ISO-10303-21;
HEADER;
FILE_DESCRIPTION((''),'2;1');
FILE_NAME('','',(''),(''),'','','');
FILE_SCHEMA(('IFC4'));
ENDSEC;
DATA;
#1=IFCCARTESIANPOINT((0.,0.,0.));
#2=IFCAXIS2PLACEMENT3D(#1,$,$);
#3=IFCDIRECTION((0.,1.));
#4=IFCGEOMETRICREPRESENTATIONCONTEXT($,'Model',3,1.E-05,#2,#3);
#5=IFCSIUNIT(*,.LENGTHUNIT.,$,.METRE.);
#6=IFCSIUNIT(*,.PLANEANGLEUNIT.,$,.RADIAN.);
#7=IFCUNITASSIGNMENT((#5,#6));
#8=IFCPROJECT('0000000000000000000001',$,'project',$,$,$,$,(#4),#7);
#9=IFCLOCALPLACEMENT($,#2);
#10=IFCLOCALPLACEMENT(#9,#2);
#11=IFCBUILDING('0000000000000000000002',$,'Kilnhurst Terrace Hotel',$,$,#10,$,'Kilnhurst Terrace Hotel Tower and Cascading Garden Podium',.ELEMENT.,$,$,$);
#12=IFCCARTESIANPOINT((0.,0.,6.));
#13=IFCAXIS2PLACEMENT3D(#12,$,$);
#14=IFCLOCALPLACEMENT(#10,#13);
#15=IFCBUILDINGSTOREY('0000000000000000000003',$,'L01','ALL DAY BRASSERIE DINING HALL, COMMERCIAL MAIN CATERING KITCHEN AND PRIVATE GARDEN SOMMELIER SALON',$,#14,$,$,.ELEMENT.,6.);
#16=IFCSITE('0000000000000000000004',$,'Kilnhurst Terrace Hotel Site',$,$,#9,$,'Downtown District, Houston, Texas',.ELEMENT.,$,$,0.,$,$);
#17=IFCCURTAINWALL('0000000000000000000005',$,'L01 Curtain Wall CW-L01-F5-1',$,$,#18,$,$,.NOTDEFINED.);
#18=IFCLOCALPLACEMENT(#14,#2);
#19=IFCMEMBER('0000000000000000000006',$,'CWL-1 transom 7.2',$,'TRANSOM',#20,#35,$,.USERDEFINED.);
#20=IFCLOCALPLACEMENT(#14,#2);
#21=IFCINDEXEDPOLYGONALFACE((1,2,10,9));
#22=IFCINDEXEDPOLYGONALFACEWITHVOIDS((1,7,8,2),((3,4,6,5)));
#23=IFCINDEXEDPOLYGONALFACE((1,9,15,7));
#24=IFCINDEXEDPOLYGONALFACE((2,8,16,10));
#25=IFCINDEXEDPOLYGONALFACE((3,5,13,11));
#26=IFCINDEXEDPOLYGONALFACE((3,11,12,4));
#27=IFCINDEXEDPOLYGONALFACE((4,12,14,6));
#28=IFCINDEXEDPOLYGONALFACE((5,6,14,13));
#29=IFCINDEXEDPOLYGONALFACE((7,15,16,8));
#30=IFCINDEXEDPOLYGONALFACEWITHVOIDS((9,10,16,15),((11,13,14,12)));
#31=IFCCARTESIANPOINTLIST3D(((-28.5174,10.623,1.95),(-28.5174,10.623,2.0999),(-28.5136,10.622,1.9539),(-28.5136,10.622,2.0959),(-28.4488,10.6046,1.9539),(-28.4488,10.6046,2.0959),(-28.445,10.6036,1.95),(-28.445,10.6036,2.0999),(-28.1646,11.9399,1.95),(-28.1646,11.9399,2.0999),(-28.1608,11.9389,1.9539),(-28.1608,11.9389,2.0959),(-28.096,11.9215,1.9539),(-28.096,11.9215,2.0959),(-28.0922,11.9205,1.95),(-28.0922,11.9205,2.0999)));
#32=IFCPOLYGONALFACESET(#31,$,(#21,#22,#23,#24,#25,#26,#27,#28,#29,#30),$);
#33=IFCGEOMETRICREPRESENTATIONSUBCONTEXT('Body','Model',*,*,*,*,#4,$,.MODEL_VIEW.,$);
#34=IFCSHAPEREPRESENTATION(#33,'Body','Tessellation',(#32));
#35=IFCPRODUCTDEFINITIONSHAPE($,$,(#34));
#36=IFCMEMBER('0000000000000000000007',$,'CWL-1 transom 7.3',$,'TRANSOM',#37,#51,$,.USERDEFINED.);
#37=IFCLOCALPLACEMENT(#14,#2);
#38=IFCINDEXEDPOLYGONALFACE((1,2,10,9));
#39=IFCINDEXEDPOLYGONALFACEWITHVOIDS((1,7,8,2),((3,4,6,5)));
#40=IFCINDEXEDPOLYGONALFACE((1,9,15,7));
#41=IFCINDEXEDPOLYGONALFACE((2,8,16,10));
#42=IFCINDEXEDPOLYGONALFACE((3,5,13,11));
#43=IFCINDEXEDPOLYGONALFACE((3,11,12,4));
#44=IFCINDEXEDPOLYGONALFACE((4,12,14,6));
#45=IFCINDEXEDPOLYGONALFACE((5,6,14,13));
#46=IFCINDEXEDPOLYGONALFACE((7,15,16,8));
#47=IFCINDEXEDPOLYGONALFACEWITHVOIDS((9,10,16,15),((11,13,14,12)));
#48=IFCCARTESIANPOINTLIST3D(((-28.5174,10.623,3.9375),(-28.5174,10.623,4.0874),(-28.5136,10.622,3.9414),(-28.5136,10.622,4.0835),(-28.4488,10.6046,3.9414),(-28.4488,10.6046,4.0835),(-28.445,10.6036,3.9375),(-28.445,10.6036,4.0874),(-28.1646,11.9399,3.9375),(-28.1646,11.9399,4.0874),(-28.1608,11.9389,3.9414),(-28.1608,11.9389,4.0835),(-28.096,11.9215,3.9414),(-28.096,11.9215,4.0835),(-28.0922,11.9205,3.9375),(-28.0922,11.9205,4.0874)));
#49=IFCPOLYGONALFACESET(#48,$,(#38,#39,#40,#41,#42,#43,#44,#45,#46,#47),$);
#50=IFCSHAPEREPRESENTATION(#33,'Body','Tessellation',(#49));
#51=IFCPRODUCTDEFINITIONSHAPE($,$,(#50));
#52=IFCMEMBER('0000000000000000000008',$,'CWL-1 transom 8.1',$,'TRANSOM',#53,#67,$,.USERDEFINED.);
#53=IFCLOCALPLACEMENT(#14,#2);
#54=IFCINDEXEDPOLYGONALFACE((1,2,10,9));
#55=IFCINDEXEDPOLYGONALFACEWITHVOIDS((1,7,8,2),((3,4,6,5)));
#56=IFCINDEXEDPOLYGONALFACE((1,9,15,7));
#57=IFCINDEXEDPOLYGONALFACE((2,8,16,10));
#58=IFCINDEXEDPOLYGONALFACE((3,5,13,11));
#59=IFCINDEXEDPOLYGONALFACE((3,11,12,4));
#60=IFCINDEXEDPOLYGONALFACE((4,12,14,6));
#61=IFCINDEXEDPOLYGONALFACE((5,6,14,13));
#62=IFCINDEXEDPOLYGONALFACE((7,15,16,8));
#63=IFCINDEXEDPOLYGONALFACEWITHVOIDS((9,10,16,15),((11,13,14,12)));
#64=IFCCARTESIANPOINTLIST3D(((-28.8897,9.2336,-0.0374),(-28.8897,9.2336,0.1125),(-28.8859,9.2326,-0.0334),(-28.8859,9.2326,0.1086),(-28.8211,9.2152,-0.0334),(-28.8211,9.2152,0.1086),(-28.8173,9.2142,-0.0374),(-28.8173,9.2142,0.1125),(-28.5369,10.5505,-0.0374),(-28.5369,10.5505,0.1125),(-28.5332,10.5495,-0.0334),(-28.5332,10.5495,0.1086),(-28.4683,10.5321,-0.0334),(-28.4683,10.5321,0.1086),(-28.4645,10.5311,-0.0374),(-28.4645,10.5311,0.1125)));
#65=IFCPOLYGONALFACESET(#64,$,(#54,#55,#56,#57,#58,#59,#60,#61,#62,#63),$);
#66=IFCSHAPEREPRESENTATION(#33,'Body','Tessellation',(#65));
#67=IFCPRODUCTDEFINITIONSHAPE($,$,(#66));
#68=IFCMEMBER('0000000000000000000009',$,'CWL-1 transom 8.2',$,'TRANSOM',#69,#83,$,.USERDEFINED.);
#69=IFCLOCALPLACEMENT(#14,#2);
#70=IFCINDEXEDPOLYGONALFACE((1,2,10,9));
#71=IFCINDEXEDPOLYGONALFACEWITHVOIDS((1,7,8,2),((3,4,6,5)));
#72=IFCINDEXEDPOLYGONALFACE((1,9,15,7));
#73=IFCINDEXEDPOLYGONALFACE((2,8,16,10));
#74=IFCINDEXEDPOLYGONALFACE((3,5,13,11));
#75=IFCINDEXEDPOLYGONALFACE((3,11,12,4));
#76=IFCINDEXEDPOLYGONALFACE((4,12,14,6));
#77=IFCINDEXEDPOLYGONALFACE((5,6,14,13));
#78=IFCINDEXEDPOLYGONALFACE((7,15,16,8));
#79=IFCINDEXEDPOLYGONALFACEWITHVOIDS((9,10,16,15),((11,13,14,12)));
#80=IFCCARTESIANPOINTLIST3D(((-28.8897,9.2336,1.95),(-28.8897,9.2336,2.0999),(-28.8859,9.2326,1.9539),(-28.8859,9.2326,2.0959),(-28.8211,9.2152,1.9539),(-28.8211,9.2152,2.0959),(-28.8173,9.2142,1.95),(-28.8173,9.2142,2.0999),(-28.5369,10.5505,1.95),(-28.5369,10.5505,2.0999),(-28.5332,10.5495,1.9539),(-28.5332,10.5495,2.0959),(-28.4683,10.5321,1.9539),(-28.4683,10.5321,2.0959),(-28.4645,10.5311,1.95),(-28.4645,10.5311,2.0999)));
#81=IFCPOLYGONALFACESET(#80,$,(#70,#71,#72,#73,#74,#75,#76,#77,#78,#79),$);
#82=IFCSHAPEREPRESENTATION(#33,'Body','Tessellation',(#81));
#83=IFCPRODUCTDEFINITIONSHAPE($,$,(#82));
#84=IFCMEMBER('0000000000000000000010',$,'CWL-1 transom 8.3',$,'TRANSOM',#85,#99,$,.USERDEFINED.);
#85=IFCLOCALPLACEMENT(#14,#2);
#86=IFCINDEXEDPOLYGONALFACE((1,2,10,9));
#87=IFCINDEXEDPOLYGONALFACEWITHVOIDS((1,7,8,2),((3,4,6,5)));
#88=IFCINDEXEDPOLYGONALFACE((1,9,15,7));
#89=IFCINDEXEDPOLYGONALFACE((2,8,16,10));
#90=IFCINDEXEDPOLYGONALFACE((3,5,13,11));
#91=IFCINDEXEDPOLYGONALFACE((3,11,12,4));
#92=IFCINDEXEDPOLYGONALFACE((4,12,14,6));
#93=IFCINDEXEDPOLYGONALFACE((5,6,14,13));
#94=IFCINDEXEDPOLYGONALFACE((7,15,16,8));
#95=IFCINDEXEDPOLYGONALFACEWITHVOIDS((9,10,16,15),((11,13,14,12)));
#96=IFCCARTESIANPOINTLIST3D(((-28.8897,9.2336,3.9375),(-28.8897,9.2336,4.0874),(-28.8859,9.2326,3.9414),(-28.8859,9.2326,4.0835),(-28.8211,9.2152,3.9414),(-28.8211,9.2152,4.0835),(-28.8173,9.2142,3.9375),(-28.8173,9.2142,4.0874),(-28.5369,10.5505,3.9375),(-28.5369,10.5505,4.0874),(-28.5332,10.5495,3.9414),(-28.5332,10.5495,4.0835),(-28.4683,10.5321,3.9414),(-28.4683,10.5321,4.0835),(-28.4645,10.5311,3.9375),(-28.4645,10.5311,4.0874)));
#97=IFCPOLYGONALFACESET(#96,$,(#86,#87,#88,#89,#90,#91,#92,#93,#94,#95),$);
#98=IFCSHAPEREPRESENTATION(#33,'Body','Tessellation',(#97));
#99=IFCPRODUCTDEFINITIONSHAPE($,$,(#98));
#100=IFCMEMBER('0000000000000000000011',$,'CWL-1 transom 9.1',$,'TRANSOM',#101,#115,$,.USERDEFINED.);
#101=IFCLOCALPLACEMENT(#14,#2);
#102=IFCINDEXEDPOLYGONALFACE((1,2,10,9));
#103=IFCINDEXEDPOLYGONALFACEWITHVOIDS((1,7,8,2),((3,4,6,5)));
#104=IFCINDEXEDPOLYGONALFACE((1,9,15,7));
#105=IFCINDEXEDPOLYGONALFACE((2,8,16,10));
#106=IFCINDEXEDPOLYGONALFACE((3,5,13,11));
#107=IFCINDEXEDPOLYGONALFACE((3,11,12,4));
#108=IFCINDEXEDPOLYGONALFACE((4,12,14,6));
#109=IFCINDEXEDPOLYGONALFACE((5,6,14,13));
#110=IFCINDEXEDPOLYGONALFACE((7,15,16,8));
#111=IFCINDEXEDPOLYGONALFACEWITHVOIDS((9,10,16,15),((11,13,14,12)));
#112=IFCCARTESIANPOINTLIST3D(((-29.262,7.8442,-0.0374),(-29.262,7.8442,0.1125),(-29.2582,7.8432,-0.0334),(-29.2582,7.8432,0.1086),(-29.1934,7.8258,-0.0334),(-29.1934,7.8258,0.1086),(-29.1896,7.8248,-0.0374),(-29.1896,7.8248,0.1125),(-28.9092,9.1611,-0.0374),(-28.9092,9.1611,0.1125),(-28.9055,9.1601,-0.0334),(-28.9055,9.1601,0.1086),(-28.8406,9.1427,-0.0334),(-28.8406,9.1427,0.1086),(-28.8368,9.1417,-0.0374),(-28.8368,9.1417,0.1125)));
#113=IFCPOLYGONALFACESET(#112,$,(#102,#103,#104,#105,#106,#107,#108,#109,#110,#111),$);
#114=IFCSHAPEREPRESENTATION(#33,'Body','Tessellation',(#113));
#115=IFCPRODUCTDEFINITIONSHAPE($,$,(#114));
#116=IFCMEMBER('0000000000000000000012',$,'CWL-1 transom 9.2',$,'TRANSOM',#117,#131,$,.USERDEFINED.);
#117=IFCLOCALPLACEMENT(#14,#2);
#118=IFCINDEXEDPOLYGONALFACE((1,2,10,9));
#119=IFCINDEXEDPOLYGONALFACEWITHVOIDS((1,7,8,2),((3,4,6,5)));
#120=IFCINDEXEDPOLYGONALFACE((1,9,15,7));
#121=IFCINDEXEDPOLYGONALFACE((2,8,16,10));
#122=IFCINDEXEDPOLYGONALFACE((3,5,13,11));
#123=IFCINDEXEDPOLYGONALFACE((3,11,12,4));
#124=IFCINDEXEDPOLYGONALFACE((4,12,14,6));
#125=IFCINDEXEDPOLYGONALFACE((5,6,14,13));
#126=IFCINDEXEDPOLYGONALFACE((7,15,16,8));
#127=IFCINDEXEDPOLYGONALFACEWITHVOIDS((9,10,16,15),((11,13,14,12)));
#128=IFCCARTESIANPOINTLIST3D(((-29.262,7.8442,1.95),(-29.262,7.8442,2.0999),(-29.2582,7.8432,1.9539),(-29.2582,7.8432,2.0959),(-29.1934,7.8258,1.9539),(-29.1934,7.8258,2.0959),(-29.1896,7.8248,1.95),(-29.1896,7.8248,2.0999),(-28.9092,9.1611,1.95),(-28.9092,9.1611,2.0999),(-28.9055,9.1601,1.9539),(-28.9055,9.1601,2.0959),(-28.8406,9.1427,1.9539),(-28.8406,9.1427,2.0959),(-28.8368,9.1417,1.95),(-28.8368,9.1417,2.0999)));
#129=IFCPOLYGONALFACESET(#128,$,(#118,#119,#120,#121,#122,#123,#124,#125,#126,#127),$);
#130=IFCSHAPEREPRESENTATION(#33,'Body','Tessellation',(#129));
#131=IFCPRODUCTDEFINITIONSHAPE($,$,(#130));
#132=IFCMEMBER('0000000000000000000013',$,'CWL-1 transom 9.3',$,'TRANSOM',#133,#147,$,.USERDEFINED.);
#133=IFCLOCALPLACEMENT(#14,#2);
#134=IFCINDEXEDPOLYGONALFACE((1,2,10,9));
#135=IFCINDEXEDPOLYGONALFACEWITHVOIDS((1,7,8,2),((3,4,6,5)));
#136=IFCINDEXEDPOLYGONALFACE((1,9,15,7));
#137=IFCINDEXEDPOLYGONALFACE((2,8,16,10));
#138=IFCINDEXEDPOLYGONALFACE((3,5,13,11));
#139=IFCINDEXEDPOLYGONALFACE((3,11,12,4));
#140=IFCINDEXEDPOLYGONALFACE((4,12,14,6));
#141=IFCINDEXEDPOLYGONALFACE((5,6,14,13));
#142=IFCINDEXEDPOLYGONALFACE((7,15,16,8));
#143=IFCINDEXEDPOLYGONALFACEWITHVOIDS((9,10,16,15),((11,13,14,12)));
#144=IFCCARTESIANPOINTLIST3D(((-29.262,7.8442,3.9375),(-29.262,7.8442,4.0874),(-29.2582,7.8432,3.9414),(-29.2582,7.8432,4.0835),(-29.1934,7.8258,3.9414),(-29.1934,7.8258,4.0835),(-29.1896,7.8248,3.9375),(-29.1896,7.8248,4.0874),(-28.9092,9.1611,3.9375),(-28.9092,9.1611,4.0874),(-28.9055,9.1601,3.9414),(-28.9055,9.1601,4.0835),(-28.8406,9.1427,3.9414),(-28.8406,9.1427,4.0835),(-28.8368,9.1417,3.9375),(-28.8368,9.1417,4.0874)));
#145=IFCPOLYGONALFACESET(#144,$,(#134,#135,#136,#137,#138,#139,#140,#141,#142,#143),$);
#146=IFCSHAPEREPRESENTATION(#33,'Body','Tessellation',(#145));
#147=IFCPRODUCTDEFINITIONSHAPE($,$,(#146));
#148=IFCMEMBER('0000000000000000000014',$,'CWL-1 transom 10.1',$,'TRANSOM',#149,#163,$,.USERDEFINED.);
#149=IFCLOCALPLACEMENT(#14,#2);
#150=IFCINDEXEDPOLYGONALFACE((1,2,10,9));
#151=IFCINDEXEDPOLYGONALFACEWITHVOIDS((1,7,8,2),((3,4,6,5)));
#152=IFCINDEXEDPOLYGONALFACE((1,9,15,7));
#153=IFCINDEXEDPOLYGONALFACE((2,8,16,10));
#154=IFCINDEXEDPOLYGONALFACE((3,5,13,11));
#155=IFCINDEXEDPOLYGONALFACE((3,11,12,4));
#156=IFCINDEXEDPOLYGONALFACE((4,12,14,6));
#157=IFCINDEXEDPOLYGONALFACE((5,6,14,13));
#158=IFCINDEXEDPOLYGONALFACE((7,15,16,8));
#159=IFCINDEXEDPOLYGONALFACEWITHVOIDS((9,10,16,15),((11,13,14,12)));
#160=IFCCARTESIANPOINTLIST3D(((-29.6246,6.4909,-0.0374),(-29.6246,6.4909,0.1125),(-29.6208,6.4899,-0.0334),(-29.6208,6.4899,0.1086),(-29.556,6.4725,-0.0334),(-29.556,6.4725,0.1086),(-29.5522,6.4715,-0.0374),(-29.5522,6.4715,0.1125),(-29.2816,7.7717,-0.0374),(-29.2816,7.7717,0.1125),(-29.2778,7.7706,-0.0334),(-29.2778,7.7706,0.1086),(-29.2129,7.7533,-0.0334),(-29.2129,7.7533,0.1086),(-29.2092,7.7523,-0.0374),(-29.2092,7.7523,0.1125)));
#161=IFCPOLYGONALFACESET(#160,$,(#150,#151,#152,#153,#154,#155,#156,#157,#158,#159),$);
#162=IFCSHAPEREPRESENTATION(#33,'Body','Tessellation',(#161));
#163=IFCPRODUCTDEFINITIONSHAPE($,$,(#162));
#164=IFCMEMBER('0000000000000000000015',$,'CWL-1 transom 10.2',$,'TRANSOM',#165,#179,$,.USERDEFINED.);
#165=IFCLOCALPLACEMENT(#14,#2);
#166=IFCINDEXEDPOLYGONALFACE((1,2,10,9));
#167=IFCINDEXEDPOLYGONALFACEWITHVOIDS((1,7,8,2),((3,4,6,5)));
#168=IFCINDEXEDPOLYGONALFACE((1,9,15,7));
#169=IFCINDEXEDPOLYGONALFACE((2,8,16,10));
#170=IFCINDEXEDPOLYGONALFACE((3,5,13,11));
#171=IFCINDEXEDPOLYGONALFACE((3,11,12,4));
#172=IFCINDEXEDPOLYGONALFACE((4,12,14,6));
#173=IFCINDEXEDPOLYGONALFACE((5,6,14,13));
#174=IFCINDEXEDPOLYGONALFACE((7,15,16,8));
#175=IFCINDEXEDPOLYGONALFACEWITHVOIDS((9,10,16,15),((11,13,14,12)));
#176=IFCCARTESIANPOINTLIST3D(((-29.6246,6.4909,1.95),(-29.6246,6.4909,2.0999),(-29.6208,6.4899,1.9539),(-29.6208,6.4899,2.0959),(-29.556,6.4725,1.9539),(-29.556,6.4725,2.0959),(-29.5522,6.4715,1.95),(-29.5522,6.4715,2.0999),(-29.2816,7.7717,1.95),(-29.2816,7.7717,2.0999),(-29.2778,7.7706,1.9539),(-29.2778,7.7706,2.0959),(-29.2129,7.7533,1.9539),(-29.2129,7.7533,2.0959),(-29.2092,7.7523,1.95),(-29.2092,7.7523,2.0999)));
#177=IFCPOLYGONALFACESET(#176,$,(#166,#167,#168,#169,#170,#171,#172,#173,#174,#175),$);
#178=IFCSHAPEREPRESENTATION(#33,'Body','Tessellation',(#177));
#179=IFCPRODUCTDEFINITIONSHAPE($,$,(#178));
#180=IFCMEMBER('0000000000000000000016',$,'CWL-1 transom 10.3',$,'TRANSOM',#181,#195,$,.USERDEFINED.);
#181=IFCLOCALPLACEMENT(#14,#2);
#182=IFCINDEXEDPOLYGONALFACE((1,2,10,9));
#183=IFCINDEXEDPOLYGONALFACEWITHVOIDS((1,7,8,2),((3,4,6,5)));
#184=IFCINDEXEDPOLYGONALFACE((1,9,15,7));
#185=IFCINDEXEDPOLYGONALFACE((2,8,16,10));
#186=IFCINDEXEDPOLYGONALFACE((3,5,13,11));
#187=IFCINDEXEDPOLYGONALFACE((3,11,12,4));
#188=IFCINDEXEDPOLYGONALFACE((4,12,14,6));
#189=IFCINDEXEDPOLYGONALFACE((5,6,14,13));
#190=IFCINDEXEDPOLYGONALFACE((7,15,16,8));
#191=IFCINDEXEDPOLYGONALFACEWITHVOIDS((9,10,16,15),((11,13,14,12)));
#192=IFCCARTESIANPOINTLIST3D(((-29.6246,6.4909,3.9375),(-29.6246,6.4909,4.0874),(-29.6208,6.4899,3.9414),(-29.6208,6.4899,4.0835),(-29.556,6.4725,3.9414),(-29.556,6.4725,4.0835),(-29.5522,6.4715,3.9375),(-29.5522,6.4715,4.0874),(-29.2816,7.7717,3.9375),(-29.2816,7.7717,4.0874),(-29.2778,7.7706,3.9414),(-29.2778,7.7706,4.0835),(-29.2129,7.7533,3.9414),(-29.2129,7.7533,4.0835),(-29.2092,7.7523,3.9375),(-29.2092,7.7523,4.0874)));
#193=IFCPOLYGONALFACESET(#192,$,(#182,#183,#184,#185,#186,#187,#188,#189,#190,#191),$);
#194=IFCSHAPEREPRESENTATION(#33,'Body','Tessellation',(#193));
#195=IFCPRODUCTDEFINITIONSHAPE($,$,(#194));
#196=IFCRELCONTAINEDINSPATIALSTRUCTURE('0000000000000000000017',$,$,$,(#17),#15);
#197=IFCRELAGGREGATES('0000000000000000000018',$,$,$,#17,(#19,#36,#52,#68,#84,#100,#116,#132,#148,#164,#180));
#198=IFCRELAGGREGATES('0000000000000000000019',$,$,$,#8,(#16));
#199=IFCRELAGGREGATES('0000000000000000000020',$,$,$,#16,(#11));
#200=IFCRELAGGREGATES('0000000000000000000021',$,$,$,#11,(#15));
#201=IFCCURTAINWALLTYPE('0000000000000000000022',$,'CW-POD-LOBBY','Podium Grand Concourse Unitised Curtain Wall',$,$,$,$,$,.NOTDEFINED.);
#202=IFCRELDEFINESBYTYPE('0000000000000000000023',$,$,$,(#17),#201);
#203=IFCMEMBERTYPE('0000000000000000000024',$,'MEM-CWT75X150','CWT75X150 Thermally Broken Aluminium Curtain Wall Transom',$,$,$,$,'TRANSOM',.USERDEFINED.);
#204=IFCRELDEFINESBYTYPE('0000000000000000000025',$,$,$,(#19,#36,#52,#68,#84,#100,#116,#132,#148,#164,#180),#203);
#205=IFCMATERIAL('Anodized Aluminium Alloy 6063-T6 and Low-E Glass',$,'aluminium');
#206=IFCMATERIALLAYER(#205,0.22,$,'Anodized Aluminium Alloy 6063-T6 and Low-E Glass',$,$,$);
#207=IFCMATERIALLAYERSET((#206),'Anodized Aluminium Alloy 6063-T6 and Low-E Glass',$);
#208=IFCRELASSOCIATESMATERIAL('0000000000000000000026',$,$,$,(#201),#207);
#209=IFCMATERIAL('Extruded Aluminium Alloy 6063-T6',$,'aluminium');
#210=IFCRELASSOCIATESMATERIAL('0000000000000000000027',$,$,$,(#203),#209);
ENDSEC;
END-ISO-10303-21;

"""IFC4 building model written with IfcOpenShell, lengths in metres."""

from ifc_helpers import new_model, si_unit, direction, frame, origin, origin_2d, place, context, subcontext, project, spatial, hollow_rectangle, extrude, material, layer, layer_set, material_profile, profile_set, type_object, element, aggregate, save


model = new_model("IFC4")

# Units and contexts
model_context = context("Model", 3, precision=1e-05, world=origin(), true_north=direction((0.0, 1.0)))
body_context = subcontext(model_context, "Body", "Model", "MODEL_VIEW")
ifc_project = project(units=[si_unit("LENGTHUNIT", "METRE"), si_unit("PLANEANGLEUNIT", "RADIAN")], contexts=[model_context])

# Site, building, storey
site_placement = place(None, origin())
site = spatial("IfcSite", under=ifc_project, at=site_placement, Name="Kilnhurst Terrace Hotel Site", LongName="Downtown District, Houston, Texas", CompositionType="ELEMENT", RefElevation=0.0)
building_placement = place(site_placement, origin())
building = spatial("IfcBuilding", under=site, at=building_placement, Name="Kilnhurst Terrace Hotel", LongName="Kilnhurst Terrace Hotel Tower and Cascading Garden Podium", CompositionType="ELEMENT")
storey_placement = place(building_placement, frame((0.0, 0.0, 6.0)))
storey = spatial("IfcBuildingStorey", under=building, at=storey_placement, Name="L01", Description="ALL DAY BRASSERIE DINING HALL, COMMERCIAL MAIN CATERING KITCHEN AND PRIVATE GARDEN SOMMELIER SALON", CompositionType="ELEMENT", Elevation=6.0)

# Curtain wall, members
ifc_material_1 = material(Name="Anodized Aluminium Alloy 6063-T6 and Low-E Glass", Category="aluminium")
ifc_layer_1 = layer(ifc_material_1, 0.22, Name="Anodized Aluminium Alloy 6063-T6 and Low-E Glass")
ifc_layer_set_1 = layer_set([ifc_layer_1], Name="Anodized Aluminium Alloy 6063-T6 and Low-E Glass")
curtain_wall_type = type_object("IfcCurtainWallType", Name="CW-POD-LOBBY", Description="Podium Grand Concourse Unitised Curtain Wall", PredefinedType="NOTDEFINED", material=ifc_layer_set_1)
curtain_wall_placement = place(storey_placement, origin())
curtain_wall = element("IfcCurtainWall", 1, at=curtain_wall_placement, inside=storey, type_object=curtain_wall_type, Name="L01 Curtain Wall CW-L01-F5-1", PredefinedType="NOTDEFINED")
ifc_material_2 = material(Name="Extruded Aluminium Alloy 6063-T6", Category="aluminium")
ifc_material_profile_1 = material_profile(ifc_material_2, hollow_rectangle(XDim=0.075, YDim=0.1499, WallThickness=0.0039, at=origin_2d()), Name="CWT75X150")
ifc_profile_set_1 = profile_set([ifc_material_profile_1], Name="Extruded Aluminium Alloy 6063-T6")
member_type_1 = type_object("IfcMemberType", Name="MEM-CWT75X150", Description="CWT75X150 Thermally Broken Aluminium Curtain Wall Transom", ElementType="TRANSOM", PredefinedType="USERDEFINED", material=ifc_profile_set_1)
member_1_placement = place(storey_placement, frame((-28.1284, 11.9302, 2.0249), z_axis=(-0.258766, -0.96594, 0.0), x_axis=(0.96594, -0.258766, 0.0)))
member_1 = element("IfcMember", 2, at=member_1_placement, type_object=member_type_1, Name="CWL-1 transom 7.2", ObjectType="TRANSOM", PredefinedType="USERDEFINED", context=body_context, shape_type="SweptSolid", body=[
    extrude(hollow_rectangle(XDim=0.075, YDim=0.1499, WallThickness=0.0039, at=origin_2d()), origin(), (0.0, 0.0, 1.0), 1.3633),
])
member_2_placement = place(storey_placement, frame((-28.1284, 11.9302, 4.0125), z_axis=(-0.258766, -0.96594, 0.0), x_axis=(0.96594, -0.258766, 0.0)))
member_2 = element("IfcMember", 3, at=member_2_placement, type_object=member_type_1, Name="CWL-1 transom 7.3", ObjectType="TRANSOM", PredefinedType="USERDEFINED", context=body_context, shape_type="SweptSolid", body=[
    extrude(hollow_rectangle(XDim=0.075, YDim=0.1499, WallThickness=0.0039, at=origin_2d()), origin(), (0.0, 0.0, 1.0), 1.3633),
])
member_3_placement = place(storey_placement, frame((-28.5007, 10.5408, 0.0376), z_axis=(-0.258766, -0.96594, 0.0), x_axis=(0.96594, -0.258766, 0.0)))
member_3 = element("IfcMember", 4, at=member_3_placement, type_object=member_type_1, Name="CWL-1 transom 8.1", ObjectType="TRANSOM", PredefinedType="USERDEFINED", context=body_context, shape_type="SweptSolid", body=[
    extrude(hollow_rectangle(XDim=0.075, YDim=0.1499, WallThickness=0.0039, at=origin_2d()), origin(), (0.0, 0.0, 1.0), 1.3633),
])
member_4_placement = place(storey_placement, frame((-28.5007, 10.5408, 2.0249), z_axis=(-0.258766, -0.96594, 0.0), x_axis=(0.96594, -0.258766, 0.0)))
member_4 = element("IfcMember", 5, at=member_4_placement, type_object=member_type_1, Name="CWL-1 transom 8.2", ObjectType="TRANSOM", PredefinedType="USERDEFINED", context=body_context, shape_type="SweptSolid", body=[
    extrude(hollow_rectangle(XDim=0.075, YDim=0.1499, WallThickness=0.0039, at=origin_2d()), origin(), (0.0, 0.0, 1.0), 1.3633),
])
member_5_placement = place(storey_placement, frame((-28.5007, 10.5408, 4.0125), z_axis=(-0.258766, -0.96594, 0.0), x_axis=(0.96594, -0.258766, 0.0)))
member_5 = element("IfcMember", 6, at=member_5_placement, type_object=member_type_1, Name="CWL-1 transom 8.3", ObjectType="TRANSOM", PredefinedType="USERDEFINED", context=body_context, shape_type="SweptSolid", body=[
    extrude(hollow_rectangle(XDim=0.075, YDim=0.1499, WallThickness=0.0039, at=origin_2d()), origin(), (0.0, 0.0, 1.0), 1.3633),
])
member_6_placement = place(storey_placement, frame((-28.873, 9.1514, 0.0376), z_axis=(-0.258766, -0.96594, 0.0), x_axis=(0.96594, -0.258766, 0.0)))
member_6 = element("IfcMember", 7, at=member_6_placement, type_object=member_type_1, Name="CWL-1 transom 9.1", ObjectType="TRANSOM", PredefinedType="USERDEFINED", context=body_context, shape_type="SweptSolid", body=[
    extrude(hollow_rectangle(XDim=0.075, YDim=0.1499, WallThickness=0.0039, at=origin_2d()), origin(), (0.0, 0.0, 1.0), 1.3633),
])
member_7_placement = place(storey_placement, frame((-28.873, 9.1514, 2.0249), z_axis=(-0.258766, -0.96594, 0.0), x_axis=(0.96594, -0.258766, 0.0)))
member_7 = element("IfcMember", 8, at=member_7_placement, type_object=member_type_1, Name="CWL-1 transom 9.2", ObjectType="TRANSOM", PredefinedType="USERDEFINED", context=body_context, shape_type="SweptSolid", body=[
    extrude(hollow_rectangle(XDim=0.075, YDim=0.1499, WallThickness=0.0039, at=origin_2d()), origin(), (0.0, 0.0, 1.0), 1.3633),
])
member_8_placement = place(storey_placement, frame((-28.873, 9.1514, 4.0125), z_axis=(-0.258766, -0.96594, 0.0), x_axis=(0.96594, -0.258766, 0.0)))
member_8 = element("IfcMember", 9, at=member_8_placement, type_object=member_type_1, Name="CWL-1 transom 9.3", ObjectType="TRANSOM", PredefinedType="USERDEFINED", context=body_context, shape_type="SweptSolid", body=[
    extrude(hollow_rectangle(XDim=0.075, YDim=0.1499, WallThickness=0.0039, at=origin_2d()), origin(), (0.0, 0.0, 1.0), 1.3633),
])
member_9_placement = place(storey_placement, frame((-29.2454, 7.762, 0.0376), z_axis=(-0.258705, -0.965956, 0.0), x_axis=(0.965956, -0.258705, 0.0)))
member_9 = element("IfcMember", 10, at=member_9_placement, type_object=member_type_1, Name="CWL-1 transom 10.1", ObjectType="TRANSOM", PredefinedType="USERDEFINED", context=body_context, shape_type="SweptSolid", body=[
    extrude(hollow_rectangle(XDim=0.075, YDim=0.1499, WallThickness=0.0039, at=origin_2d()), origin(), (0.0, 0.0, 1.0), 1.3259),
])
member_10_placement = place(storey_placement, frame((-29.2454, 7.762, 2.0249), z_axis=(-0.258705, -0.965956, 0.0), x_axis=(0.965956, -0.258705, 0.0)))
member_10 = element("IfcMember", 11, at=member_10_placement, type_object=member_type_1, Name="CWL-1 transom 10.2", ObjectType="TRANSOM", PredefinedType="USERDEFINED", context=body_context, shape_type="SweptSolid", body=[
    extrude(hollow_rectangle(XDim=0.075, YDim=0.1499, WallThickness=0.0039, at=origin_2d()), origin(), (0.0, 0.0, 1.0), 1.3259),
])
member_11_placement = place(storey_placement, frame((-29.2454, 7.762, 4.0125), z_axis=(-0.258705, -0.965956, 0.0), x_axis=(0.965956, -0.258705, 0.0)))
member_11 = element("IfcMember", 12, at=member_11_placement, type_object=member_type_1, Name="CWL-1 transom 10.3", ObjectType="TRANSOM", PredefinedType="USERDEFINED", context=body_context, shape_type="SweptSolid", body=[
    extrude(hollow_rectangle(XDim=0.075, YDim=0.1499, WallThickness=0.0039, at=origin_2d()), origin(), (0.0, 0.0, 1.0), 1.3259),
])
aggregate(curtain_wall, [member_1, member_2, member_3, member_4, member_5, member_6, member_7, member_8, member_9, member_10, member_11])

save(model, "model.ifc")
